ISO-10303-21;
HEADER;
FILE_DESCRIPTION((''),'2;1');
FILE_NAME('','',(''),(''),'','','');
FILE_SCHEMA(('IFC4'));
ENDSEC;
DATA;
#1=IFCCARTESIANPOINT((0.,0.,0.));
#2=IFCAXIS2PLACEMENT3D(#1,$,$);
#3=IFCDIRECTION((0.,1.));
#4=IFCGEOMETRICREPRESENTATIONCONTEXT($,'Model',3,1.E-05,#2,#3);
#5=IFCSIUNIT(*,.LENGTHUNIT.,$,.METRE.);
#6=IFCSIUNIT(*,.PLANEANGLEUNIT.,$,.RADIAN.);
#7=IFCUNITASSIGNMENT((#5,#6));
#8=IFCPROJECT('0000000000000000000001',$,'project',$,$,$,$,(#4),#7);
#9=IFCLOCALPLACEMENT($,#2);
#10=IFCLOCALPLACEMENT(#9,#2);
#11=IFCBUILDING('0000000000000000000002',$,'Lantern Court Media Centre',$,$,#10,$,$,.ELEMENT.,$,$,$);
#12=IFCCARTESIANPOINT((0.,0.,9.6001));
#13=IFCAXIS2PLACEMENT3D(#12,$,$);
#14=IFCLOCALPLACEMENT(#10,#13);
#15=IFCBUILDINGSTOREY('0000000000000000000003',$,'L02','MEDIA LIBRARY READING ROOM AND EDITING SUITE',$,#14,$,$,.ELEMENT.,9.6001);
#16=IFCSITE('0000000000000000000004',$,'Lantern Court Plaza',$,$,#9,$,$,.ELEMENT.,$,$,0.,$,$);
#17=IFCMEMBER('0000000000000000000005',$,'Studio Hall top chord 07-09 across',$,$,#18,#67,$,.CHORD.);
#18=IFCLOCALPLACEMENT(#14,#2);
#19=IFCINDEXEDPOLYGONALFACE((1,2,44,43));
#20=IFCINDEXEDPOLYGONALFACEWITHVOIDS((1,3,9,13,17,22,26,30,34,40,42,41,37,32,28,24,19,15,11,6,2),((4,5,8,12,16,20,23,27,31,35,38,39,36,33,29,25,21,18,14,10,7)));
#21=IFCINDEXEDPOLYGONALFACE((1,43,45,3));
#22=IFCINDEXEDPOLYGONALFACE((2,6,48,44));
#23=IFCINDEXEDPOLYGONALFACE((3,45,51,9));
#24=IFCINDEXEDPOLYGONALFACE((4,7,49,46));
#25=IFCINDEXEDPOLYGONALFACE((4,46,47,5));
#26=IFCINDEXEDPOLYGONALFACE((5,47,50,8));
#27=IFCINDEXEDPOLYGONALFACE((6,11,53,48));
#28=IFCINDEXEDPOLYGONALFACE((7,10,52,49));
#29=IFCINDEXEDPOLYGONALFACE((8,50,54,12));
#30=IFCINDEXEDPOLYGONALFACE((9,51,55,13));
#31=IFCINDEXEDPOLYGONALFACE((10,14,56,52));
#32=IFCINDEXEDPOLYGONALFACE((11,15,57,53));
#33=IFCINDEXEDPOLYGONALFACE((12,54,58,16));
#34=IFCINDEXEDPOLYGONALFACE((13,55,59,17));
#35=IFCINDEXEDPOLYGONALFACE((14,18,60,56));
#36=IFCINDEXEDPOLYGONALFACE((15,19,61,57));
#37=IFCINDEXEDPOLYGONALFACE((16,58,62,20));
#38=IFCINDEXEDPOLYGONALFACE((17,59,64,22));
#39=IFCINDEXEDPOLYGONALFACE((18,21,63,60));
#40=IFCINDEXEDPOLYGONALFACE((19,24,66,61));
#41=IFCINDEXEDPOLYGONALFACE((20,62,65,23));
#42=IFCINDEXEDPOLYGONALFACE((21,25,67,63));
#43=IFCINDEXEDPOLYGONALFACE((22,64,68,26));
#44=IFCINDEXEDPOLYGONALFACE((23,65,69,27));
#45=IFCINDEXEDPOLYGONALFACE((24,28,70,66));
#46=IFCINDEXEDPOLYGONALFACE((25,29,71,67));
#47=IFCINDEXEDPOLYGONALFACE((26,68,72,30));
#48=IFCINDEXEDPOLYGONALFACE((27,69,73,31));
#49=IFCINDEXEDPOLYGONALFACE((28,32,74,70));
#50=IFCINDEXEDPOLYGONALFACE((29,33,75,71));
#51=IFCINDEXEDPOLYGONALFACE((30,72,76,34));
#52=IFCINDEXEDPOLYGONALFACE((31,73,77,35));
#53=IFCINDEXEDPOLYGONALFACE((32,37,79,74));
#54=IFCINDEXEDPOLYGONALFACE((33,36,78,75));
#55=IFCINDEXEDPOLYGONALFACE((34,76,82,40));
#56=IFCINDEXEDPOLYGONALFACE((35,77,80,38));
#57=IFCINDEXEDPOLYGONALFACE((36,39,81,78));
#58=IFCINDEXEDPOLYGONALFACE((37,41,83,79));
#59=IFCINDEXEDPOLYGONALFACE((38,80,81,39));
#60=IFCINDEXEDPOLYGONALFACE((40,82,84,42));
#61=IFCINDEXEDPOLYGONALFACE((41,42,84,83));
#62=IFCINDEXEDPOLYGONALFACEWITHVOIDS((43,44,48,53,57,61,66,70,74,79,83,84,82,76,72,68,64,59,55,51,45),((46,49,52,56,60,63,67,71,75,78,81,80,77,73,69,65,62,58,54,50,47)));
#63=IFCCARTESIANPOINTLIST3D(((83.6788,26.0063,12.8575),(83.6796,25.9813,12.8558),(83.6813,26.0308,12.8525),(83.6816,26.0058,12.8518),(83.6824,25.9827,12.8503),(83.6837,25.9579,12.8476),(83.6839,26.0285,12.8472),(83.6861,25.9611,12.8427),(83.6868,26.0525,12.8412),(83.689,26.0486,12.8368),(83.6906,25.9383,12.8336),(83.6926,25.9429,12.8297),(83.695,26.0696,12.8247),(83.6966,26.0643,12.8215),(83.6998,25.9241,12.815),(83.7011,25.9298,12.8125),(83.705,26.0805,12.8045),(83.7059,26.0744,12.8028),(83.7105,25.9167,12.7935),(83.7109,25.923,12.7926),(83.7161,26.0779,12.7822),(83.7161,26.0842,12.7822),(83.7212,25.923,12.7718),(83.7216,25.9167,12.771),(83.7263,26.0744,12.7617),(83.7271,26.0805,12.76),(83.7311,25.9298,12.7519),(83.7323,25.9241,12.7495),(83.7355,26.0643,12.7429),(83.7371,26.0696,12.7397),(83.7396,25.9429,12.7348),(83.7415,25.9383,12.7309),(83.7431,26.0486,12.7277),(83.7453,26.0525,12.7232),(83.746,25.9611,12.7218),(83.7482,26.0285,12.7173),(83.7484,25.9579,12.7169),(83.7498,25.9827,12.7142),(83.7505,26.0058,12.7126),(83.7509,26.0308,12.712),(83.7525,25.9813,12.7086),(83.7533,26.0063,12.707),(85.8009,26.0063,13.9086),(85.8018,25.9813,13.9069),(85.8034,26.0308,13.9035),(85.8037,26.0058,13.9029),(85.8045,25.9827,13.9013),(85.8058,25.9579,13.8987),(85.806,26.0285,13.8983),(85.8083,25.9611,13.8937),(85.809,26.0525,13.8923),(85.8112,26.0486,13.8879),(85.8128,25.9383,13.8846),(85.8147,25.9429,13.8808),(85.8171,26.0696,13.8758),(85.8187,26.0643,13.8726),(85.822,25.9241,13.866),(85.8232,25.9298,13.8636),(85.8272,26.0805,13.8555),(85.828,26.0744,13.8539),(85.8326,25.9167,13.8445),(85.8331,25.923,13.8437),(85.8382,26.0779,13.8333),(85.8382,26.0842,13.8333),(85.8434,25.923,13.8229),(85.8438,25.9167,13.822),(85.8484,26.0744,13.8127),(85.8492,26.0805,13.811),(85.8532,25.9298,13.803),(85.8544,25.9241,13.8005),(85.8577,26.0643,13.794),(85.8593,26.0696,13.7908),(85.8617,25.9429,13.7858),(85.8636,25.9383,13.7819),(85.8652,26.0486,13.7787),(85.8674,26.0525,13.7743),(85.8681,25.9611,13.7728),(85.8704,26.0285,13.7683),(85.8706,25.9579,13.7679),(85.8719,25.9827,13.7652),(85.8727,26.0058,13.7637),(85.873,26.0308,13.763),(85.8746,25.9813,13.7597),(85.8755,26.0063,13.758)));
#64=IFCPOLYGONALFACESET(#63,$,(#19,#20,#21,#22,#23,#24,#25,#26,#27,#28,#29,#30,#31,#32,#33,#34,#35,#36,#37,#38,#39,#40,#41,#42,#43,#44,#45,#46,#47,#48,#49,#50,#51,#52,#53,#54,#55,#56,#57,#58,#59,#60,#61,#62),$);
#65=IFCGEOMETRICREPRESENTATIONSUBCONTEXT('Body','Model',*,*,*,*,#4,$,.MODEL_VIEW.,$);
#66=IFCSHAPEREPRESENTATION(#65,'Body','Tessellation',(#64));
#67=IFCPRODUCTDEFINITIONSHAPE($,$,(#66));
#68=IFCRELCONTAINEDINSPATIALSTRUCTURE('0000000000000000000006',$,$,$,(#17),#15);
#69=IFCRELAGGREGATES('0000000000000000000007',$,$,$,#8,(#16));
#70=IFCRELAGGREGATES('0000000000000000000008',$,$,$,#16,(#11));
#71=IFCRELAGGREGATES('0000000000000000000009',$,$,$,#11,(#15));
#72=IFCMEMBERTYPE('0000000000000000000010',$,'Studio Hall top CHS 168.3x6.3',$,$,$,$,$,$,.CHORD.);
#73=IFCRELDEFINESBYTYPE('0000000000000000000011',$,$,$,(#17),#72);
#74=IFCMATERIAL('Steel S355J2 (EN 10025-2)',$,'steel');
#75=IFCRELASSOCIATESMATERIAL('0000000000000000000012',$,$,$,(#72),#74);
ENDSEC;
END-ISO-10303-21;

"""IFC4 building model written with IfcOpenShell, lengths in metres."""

from ifc_helpers import new_model, si_unit, direction, frame, origin, origin_2d, place, context, subcontext, project, spatial, hollow_circle, extrude, material, material_profile, profile_set, type_object, element, save


model = new_model("IFC4")

# Units and contexts
model_context = context("Model", 3, precision=1e-05, world=origin(), true_north=direction((0.0, 1.0)))
body_context = subcontext(model_context, "Body", "Model", "MODEL_VIEW")
ifc_project = project(units=[si_unit("LENGTHUNIT", "METRE"), si_unit("PLANEANGLEUNIT", "RADIAN")], contexts=[model_context])

# Site, building, storey
site_placement = place(None, origin())
site = spatial("IfcSite", under=ifc_project, at=site_placement, Name="Lantern Court Plaza", CompositionType="ELEMENT", RefElevation=0.0)
building_placement = place(site_placement, origin())
building = spatial("IfcBuilding", under=site, at=building_placement, Name="Lantern Court Media Centre", CompositionType="ELEMENT")
storey_placement = place(building_placement, frame((0.0, 0.0, 9.6001)))
storey = spatial("IfcBuildingStorey", under=building, at=storey_placement, Name="L02", Description="MEDIA LIBRARY READING ROOM AND EDITING SUITE", CompositionType="ELEMENT", Elevation=9.6001)

# Member
ifc_material = material(Name="Steel S355J2 (EN 10025-2)", Category="steel")
ifc_material_profile_1 = material_profile(ifc_material, hollow_circle(Radius=0.0842, WallThickness=0.0063, at=origin_2d()), Name="Studio Hall top CHS 168.3x6.3")
ifc_profile_set_1 = profile_set([ifc_material_profile_1], Name="Steel S355J2 (EN 10025-2)")
member_type_1 = type_object("IfcMemberType", Name="Studio Hall top CHS 168.3x6.3", PredefinedType="CHORD", material=ifc_profile_set_1)
member_1_placement = place(storey_placement, frame((83.7161, 26.0, 12.7822), z_axis=(0.896112, 0.0, 0.443829), x_axis=(0.0, 1.0, 0.0)))
element("IfcMember", 1, at=member_1_placement, inside=storey, type_object=member_type_1, Name="Studio Hall top chord 07-09 across", PredefinedType="CHORD", context=body_context, shape_type="SweptSolid", body=[
    extrude(hollow_circle(Radius=0.0842, WallThickness=0.0063, at=origin_2d()), origin(), (0.0, 0.0, 1.0), 2.3682),
])

save(model, "model.ifc")
